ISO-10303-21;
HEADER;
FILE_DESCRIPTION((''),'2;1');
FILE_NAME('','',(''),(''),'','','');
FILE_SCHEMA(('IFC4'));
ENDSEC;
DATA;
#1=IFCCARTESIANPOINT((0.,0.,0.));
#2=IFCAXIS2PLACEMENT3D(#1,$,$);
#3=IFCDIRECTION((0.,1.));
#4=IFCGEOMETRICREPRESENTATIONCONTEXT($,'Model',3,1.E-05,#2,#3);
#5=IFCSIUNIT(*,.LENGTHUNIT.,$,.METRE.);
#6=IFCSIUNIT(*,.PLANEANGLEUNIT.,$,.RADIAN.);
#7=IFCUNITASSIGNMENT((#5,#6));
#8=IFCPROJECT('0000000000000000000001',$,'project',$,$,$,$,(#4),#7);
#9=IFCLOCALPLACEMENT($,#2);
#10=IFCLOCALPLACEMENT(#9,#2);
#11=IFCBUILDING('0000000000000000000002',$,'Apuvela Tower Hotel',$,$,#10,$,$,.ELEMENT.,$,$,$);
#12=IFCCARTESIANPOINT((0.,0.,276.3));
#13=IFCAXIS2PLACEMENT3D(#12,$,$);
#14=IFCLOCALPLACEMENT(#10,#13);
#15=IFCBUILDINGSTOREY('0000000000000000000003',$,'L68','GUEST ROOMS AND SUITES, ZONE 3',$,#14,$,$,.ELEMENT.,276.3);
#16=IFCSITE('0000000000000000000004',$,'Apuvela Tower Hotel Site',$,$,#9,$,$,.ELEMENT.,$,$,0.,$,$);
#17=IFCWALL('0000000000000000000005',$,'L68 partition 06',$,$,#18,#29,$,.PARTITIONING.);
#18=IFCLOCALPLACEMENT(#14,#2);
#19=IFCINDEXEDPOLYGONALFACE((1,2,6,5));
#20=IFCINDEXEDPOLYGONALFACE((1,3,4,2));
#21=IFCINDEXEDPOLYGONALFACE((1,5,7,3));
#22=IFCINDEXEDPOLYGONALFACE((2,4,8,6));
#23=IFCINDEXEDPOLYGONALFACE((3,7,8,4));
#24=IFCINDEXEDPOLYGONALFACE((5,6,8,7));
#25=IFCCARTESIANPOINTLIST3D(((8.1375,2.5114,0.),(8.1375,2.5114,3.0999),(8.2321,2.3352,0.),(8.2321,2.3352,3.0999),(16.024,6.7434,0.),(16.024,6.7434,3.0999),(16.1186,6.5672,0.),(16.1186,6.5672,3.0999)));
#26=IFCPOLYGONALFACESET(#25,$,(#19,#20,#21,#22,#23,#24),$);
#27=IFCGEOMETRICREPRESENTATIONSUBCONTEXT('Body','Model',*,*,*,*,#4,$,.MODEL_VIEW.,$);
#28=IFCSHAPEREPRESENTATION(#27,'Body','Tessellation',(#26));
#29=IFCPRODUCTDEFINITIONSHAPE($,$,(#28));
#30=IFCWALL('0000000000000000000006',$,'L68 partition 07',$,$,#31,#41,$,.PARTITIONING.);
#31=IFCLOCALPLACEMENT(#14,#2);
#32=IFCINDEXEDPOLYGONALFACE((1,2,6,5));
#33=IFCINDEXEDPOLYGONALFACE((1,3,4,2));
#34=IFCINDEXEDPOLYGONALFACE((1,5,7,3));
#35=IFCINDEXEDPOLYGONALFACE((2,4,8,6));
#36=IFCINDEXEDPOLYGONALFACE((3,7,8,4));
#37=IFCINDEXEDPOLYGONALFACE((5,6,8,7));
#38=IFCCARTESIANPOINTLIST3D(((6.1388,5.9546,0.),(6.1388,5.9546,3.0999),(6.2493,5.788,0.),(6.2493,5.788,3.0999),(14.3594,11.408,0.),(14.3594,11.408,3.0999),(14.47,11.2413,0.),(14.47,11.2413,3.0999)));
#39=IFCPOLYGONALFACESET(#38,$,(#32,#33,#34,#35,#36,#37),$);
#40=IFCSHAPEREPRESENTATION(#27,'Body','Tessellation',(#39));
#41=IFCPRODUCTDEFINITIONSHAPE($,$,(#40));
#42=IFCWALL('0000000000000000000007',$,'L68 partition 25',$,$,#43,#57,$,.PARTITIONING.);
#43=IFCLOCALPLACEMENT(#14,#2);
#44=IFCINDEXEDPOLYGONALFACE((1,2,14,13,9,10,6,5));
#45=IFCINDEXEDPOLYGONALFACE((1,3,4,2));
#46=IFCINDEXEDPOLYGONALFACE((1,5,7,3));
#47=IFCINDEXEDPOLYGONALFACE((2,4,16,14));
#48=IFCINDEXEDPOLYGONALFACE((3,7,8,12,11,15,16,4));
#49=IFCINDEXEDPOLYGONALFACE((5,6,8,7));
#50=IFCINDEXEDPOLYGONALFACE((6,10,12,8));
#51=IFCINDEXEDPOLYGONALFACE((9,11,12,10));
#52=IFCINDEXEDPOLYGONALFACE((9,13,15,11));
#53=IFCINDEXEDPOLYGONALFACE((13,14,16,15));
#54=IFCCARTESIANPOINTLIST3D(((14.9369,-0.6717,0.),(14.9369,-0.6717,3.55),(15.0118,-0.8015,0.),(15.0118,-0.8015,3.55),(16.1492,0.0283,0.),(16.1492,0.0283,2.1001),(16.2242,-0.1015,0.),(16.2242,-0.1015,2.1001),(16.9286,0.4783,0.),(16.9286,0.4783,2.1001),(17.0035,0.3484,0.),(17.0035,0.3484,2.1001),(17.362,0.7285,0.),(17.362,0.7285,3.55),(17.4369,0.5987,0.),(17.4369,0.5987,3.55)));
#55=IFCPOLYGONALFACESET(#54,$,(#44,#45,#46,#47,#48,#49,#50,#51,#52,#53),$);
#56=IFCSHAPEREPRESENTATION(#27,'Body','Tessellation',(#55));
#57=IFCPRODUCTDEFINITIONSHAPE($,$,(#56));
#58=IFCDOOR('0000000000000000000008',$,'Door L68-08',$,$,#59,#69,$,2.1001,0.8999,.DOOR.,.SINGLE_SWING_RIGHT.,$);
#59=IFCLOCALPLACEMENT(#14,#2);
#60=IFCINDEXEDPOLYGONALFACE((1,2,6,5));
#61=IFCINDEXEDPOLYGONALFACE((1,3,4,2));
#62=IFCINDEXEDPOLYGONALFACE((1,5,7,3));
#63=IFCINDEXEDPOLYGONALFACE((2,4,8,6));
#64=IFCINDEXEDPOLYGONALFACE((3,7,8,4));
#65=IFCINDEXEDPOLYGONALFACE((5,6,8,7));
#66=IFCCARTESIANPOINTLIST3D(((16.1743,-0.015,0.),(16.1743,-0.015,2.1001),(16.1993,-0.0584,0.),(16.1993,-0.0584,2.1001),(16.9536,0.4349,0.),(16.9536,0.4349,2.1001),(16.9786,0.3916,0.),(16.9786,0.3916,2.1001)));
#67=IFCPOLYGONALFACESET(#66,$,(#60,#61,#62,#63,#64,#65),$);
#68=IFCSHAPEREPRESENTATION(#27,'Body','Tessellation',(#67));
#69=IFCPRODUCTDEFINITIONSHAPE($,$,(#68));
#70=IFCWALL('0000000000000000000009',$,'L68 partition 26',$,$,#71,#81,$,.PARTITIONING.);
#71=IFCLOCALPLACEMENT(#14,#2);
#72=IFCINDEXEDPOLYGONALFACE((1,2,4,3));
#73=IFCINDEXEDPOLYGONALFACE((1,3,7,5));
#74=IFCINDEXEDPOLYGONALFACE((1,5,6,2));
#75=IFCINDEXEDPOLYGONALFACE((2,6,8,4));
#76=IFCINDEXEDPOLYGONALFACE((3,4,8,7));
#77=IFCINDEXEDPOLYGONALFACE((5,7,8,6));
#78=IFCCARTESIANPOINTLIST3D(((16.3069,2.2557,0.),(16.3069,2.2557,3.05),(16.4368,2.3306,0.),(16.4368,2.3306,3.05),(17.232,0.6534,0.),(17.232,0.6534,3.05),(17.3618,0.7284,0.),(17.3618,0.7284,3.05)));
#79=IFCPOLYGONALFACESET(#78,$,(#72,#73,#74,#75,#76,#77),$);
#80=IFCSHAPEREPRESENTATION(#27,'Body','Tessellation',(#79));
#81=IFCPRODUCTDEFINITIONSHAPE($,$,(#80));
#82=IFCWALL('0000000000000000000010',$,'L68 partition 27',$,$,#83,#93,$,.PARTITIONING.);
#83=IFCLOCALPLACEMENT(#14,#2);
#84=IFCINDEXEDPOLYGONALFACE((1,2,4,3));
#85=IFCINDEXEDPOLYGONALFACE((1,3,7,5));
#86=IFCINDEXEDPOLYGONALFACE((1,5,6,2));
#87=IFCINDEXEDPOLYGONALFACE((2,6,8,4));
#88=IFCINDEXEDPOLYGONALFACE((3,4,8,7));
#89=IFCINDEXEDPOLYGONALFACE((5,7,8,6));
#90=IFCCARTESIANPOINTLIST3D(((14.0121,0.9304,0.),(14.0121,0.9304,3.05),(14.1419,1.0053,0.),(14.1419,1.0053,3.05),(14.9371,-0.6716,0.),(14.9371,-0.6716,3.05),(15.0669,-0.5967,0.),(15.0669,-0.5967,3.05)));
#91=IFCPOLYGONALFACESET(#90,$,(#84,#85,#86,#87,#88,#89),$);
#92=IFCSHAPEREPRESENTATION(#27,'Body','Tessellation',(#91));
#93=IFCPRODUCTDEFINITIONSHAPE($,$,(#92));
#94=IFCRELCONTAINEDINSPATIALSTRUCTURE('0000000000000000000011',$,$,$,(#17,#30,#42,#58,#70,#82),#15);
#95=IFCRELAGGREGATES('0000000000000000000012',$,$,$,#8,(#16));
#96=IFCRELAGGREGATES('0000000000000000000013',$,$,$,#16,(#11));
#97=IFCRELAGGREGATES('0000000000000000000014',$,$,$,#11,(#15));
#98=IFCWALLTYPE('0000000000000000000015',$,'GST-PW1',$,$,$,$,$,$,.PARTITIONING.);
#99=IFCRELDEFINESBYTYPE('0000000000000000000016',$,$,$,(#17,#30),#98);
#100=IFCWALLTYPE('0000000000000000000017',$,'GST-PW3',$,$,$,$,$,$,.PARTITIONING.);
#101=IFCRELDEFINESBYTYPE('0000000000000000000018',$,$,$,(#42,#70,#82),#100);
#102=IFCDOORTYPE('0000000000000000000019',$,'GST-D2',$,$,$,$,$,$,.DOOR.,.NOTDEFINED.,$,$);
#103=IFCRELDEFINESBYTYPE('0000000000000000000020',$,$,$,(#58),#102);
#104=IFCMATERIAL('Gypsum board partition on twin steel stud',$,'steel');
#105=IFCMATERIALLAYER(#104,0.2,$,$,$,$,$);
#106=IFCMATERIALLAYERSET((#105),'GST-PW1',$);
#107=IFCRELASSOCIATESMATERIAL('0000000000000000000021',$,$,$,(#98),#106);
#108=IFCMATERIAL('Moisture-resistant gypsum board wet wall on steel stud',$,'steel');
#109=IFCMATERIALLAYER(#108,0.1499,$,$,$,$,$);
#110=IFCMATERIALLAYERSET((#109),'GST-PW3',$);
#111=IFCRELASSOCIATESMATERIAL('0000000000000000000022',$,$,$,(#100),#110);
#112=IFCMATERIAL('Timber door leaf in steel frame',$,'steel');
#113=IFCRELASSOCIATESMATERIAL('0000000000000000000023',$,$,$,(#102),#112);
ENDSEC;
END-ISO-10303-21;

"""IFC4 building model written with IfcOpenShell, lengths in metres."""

from ifc_helpers import new_model, si_unit, direction, frame, frame_2d, origin, place, context, subcontext, project, spatial, rectangle, extrude, material, layer, layer_set, type_object, element, fill, save


model = new_model("IFC4")

# Units and contexts
model_context = context("Model", 3, precision=1e-05, world=origin(), true_north=direction((0.0, 1.0)))
body_context = subcontext(model_context, "Body", "Model", "MODEL_VIEW")
ifc_project = project(units=[si_unit("LENGTHUNIT", "METRE"), si_unit("PLANEANGLEUNIT", "RADIAN")], contexts=[model_context])

# Site, building, storey
site_placement = place(None, origin())
site = spatial("IfcSite", under=ifc_project, at=site_placement, Name="Apuvela Tower Hotel Site", CompositionType="ELEMENT", RefElevation=0.0)
building_placement = place(site_placement, origin())
building = spatial("IfcBuilding", under=site, at=building_placement, Name="Apuvela Tower Hotel", CompositionType="ELEMENT")
storey_placement = place(building_placement, frame((0.0, 0.0, 276.3)))
storey = spatial("IfcBuildingStorey", under=building, at=storey_placement, Name="L68", Description="GUEST ROOMS AND SUITES, ZONE 3", CompositionType="ELEMENT", Elevation=276.3)

# Walls
ifc_material_1 = material(Name="Gypsum board partition on twin steel stud", Category="steel")
ifc_layer_1 = layer(ifc_material_1, 0.2)
ifc_layer_set_1 = layer_set([ifc_layer_1], Name="GST-PW1")
wall_type_1 = type_object("IfcWallType", Name="GST-PW1", PredefinedType="PARTITIONING", material=ifc_layer_set_1)
wall_1_placement = place(storey_placement, frame((16.0713, 6.6553, 0.0), z_axis=(0.0, 0.0, 1.0), x_axis=(-0.881153, -0.472832, 0.0)))
element("IfcWall", 1, at=wall_1_placement, inside=storey, type_object=wall_type_1, Name="L68 partition 06", PredefinedType="PARTITIONING", context=body_context, shape_type="SweptSolid", body=[
    extrude(rectangle(XDim=8.9502, YDim=0.2, at=frame_2d((4.4751, 0.0))), origin(), (0.0, 0.0, 1.0), 3.0999),
])
wall_2_placement = place(storey_placement, frame((14.4148, 11.3247, 0.0), z_axis=(0.0, 0.0, 1.0), x_axis=(-0.833316, -0.552797, 0.0)))
element("IfcWall", 2, at=wall_2_placement, inside=storey, type_object=wall_type_1, Name="L68 partition 07", PredefinedType="PARTITIONING", context=body_context, shape_type="SweptSolid", body=[
    extrude(rectangle(XDim=9.865, YDim=0.2, at=frame_2d((4.9326, 0.0))), origin(), (0.0, 0.0, 1.0), 3.0999),
])

# Wall, opening, door
ifc_material_2 = material(Name="Moisture-resistant gypsum board wet wall on steel stud", Category="steel")
ifc_layer_2 = layer(ifc_material_2, 0.1499)
ifc_layer_set_2 = layer_set([ifc_layer_2], Name="GST-PW3")
wall_type_2 = type_object("IfcWallType", Name="GST-PW3", PredefinedType="PARTITIONING", material=ifc_layer_set_2)
wall_3_placement = place(storey_placement, frame((14.9744, -0.7366, 0.0), z_axis=(0.0, 0.0, 1.0), x_axis=(0.866019, 0.500012, 0.0)))
wall_3 = element("IfcWall", 3, at=wall_3_placement, inside=storey, type_object=wall_type_2, Name="L68 partition 25", PredefinedType="PARTITIONING", context=body_context, shape_type="SweptSolid", body=[
    extrude(rectangle(XDim=2.8003, YDim=0.1499, at=frame_2d((1.4001, 0.0))), origin(), (0.0, 0.0, 1.0), 3.55),
])
opening_1_placement = place(wall_3_placement, frame((1.3999, 0.0, 0.0)))
opening_1 = element("IfcOpeningElement", 4, at=opening_1_placement, cuts=wall_3, PredefinedType="OPENING", context=body_context, shape_type="SweptSolid", body=[
    extrude(rectangle(XDim=0.8999, YDim=2.1001, at=frame_2d((0.45, 1.05))), frame((0.0, 0.085, 0.0), z_axis=(0.0, -1.0, 0.0), x_axis=(1.0, 0.0, 0.0)), (0.0, 0.0, 1.0), 0.1699),
])
ifc_material_3 = material(Name="Timber door leaf in steel frame", Category="steel")
door_type_1 = type_object("IfcDoorType", Name="GST-D2", OperationType="NOTDEFINED", PredefinedType="DOOR", material=ifc_material_3)
door_1_placement = place(opening_1_placement, origin())
door_1 = element("IfcDoor", 5, at=door_1_placement, inside=storey, type_object=door_type_1, Name="Door L68-08", OperationType="SINGLE_SWING_RIGHT", OverallHeight=2.1001, OverallWidth=0.8999, PredefinedType="DOOR", context=body_context, shape_type="SweptSolid", body=[
    extrude(rectangle(XDim=0.8999, YDim=2.1001, at=frame_2d((0.45, 1.05))), frame((0.0, 0.0249, 0.0), z_axis=(0.0, -1.0, 0.0), x_axis=(1.0, 0.0, 0.0)), (0.0, 0.0, 1.0), 0.05),
])
fill(opening_1, door_1)

# Walls
wall_4_placement = place(storey_placement, frame((17.2969, 0.6909, 0.0), z_axis=(0.0, 0.0, 1.0), x_axis=(-0.499985, 0.866034, 0.0)))
element("IfcWall", 6, at=wall_4_placement, inside=storey, type_object=wall_type_2, Name="L68 partition 26", PredefinedType="PARTITIONING", context=body_context, shape_type="SweptSolid", body=[
    extrude(rectangle(XDim=1.8501, YDim=0.1499, at=frame_2d((0.925, 0.0))), origin(), (0.0, 0.0, 1.0), 3.05),
])
wall_5_placement = place(storey_placement, frame((15.002, -0.634, 0.0), z_axis=(0.0, 0.0, 1.0), x_axis=(-0.500042, 0.866001, 0.0)))
element("IfcWall", 7, at=wall_5_placement, inside=storey, type_object=wall_type_2, Name="L68 partition 27", PredefinedType="PARTITIONING", context=body_context, shape_type="SweptSolid", body=[
    extrude(rectangle(XDim=1.8499, YDim=0.1499, at=frame_2d((0.9248, 0.0))), origin(), (0.0, 0.0, 1.0), 3.05),
])

save(model, "model.ifc")
